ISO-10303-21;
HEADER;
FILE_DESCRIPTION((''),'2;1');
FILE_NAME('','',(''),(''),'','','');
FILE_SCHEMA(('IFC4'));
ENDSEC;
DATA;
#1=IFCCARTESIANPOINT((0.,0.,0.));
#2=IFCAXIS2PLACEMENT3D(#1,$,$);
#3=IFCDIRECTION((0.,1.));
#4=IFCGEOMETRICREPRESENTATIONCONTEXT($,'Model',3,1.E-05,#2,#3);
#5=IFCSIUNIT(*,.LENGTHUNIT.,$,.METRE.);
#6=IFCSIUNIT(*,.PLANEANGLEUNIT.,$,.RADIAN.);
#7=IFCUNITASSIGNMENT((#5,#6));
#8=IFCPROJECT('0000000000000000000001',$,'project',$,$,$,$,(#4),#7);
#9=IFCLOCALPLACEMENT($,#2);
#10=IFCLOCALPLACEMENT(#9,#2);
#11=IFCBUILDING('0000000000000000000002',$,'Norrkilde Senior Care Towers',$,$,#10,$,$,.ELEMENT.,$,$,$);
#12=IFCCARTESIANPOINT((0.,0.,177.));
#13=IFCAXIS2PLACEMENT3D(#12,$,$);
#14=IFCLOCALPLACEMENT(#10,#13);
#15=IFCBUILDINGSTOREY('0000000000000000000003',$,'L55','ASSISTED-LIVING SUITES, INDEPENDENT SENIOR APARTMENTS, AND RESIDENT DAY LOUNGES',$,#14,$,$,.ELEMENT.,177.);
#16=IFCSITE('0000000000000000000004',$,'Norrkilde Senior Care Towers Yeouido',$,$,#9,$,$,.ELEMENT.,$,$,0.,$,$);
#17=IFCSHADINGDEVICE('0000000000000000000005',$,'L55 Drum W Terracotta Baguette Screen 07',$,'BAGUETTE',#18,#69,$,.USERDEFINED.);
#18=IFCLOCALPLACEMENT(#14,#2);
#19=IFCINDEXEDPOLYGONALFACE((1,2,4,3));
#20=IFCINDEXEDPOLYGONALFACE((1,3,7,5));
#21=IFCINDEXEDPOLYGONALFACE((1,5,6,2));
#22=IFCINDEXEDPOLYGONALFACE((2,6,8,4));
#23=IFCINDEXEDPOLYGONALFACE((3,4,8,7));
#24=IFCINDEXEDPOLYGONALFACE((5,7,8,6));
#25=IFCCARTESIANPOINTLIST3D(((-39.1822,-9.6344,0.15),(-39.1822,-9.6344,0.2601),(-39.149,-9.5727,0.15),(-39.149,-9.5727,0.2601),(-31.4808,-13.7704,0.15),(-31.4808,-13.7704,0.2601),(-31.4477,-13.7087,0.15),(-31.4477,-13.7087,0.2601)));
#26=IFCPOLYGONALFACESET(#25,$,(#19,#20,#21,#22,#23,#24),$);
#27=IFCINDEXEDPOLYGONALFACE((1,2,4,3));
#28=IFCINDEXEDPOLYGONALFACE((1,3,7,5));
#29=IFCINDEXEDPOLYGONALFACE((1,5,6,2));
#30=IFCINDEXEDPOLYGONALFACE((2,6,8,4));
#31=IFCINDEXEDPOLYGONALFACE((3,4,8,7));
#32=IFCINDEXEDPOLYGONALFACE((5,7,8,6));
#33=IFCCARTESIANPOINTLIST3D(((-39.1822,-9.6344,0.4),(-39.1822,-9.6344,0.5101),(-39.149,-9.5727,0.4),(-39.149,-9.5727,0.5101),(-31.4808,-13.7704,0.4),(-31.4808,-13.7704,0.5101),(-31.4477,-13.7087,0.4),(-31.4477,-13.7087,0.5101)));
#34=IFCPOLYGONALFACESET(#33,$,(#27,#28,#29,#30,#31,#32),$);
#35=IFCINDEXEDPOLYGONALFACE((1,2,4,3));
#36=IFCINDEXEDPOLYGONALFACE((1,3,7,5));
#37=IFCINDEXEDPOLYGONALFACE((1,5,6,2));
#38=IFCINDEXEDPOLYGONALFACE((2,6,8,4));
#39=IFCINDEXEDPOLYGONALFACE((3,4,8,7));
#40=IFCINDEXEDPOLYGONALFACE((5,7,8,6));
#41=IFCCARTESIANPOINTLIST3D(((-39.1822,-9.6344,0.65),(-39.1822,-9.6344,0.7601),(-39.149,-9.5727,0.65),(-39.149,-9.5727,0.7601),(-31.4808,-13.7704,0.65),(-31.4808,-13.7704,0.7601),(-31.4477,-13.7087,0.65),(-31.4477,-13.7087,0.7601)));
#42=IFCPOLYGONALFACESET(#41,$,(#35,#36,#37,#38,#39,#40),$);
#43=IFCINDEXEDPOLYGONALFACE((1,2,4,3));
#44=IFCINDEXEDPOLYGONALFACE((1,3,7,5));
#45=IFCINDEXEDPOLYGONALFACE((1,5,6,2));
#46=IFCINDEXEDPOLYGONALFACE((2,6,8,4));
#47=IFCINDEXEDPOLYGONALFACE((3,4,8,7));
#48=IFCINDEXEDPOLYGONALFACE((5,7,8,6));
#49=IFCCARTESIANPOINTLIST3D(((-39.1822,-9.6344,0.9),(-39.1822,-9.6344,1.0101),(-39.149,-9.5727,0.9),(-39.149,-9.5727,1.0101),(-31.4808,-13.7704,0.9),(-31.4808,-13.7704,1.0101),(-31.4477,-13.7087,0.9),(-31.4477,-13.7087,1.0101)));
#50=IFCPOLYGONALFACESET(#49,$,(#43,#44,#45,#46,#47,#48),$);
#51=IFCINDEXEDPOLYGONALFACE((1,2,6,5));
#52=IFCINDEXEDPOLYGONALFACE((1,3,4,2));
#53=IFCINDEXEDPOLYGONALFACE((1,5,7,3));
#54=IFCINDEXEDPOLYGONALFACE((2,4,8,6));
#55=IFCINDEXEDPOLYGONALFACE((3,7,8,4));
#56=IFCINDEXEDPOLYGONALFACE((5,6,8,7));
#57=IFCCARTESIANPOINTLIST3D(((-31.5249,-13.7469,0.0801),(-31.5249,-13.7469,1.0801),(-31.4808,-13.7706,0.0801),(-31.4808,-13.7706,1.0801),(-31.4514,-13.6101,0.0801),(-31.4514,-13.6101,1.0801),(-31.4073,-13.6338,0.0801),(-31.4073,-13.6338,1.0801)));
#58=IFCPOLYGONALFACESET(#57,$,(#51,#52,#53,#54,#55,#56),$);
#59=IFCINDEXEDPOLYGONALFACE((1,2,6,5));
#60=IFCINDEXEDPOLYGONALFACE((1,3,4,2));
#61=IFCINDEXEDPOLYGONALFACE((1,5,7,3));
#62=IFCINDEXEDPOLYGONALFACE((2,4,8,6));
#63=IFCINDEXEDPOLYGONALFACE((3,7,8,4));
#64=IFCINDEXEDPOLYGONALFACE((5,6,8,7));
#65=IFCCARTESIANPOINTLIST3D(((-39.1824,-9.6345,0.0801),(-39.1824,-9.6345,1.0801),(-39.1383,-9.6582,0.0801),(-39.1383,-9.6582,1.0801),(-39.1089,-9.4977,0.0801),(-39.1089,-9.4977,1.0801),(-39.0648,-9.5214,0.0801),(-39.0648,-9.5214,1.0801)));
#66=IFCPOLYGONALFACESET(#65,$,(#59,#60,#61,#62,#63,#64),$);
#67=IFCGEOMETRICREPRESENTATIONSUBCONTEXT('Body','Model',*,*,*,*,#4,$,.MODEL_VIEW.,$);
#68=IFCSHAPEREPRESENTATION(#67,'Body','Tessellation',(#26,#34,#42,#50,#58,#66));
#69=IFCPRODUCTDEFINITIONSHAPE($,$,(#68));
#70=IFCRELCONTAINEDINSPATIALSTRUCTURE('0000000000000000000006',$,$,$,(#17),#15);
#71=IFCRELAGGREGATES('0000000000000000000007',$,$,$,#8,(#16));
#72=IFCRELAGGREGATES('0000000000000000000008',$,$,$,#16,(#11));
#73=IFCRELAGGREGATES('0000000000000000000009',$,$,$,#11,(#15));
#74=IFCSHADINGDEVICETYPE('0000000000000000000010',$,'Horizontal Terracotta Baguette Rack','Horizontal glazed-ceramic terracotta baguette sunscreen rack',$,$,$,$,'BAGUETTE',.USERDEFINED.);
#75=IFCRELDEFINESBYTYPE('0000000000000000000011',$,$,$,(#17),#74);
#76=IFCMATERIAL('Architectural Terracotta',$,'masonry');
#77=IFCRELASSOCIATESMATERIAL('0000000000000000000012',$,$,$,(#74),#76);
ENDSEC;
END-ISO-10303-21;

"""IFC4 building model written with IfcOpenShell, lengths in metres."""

from ifc_helpers import new_model, si_unit, direction, frame, origin, origin_2d, place, context, subcontext, project, spatial, rectangle, extrude, source, transform, mapped, material, type_object, type_shapes, element, save


model = new_model("IFC4")

# Units and contexts
model_context = context("Model", 3, precision=1e-05, world=origin(), true_north=direction((0.0, 1.0)))
body_context = subcontext(model_context, "Body", "Model", "MODEL_VIEW")
ifc_project = project(units=[si_unit("LENGTHUNIT", "METRE"), si_unit("PLANEANGLEUNIT", "RADIAN")], contexts=[model_context])

# Site, building, storey
site_placement = place(None, origin())
site = spatial("IfcSite", under=ifc_project, at=site_placement, Name="Norrkilde Senior Care Towers Yeouido", CompositionType="ELEMENT", RefElevation=0.0)
building_placement = place(site_placement, origin())
building = spatial("IfcBuilding", under=site, at=building_placement, Name="Norrkilde Senior Care Towers", CompositionType="ELEMENT")
storey_placement = place(building_placement, frame((0.0, 0.0, 177.0)))
storey = spatial("IfcBuildingStorey", under=building, at=storey_placement, Name="L55", Description="ASSISTED-LIVING SUITES, INDEPENDENT SENIOR APARTMENTS, AND RESIDENT DAY LOUNGES", CompositionType="ELEMENT", Elevation=177.0)

# Shading device
ifc_material_1 = material(Name="Architectural Terracotta", Category="masonry")
shading_device_type = type_object("IfcShadingDeviceType", Name="Horizontal Terracotta Baguette Rack", Description="Horizontal glazed-ceramic terracotta baguette sunscreen rack", ElementType="BAGUETTE", PredefinedType="USERDEFINED", material=ifc_material_1)
shared_shape_1 = source(origin(), body_context, "Body", "SweptSolid", [
    extrude(rectangle(XDim=0.0701, YDim=0.1101, at=origin_2d()), frame((0.0, 0.0901, 0.125), z_axis=(1.0, 0.0, 0.0), x_axis=(0.0, 1.0, 0.0)), (0.0, 0.0, 1.0), 8.7417),
    extrude(rectangle(XDim=0.0701, YDim=0.1101, at=origin_2d()), frame((0.0, 0.0901, 0.375), z_axis=(1.0, 0.0, 0.0), x_axis=(0.0, 1.0, 0.0)), (0.0, 0.0, 1.0), 8.7417),
    extrude(rectangle(XDim=0.0701, YDim=0.1101, at=origin_2d()), frame((0.0, 0.0901, 0.625), z_axis=(1.0, 0.0, 0.0), x_axis=(0.0, 1.0, 0.0)), (0.0, 0.0, 1.0), 8.7417),
    extrude(rectangle(XDim=0.0701, YDim=0.1101, at=origin_2d()), frame((0.0, 0.0901, 0.875), z_axis=(1.0, 0.0, 0.0), x_axis=(0.0, 1.0, 0.0)), (0.0, 0.0, 1.0), 8.7417),
    extrude(rectangle(XDim=0.05, YDim=0.1553, at=origin_2d()), frame((0.0249, 0.0476, 0.0)), (0.0, 0.0, 1.0), 1.0),
    extrude(rectangle(XDim=0.05, YDim=0.1553, at=origin_2d()), frame((8.7168, 0.0476, 0.0)), (0.0, 0.0, 1.0), 1.0),
])
type_shapes(shading_device_type, [shared_shape_1])
shading_device_placement = place(storey_placement, frame((-31.4216, -13.6602, 0.0801), z_axis=(0.0, 0.0, 1.0), x_axis=(-0.880998, 0.473133, 0.0)))
element("IfcShadingDevice", 1, at=shading_device_placement, inside=storey, type_object=shading_device_type, Name="L55 Drum W Terracotta Baguette Screen 07", ObjectType="BAGUETTE", PredefinedType="USERDEFINED", context=body_context, shape_type="MappedRepresentation", body=[
    mapped(shared_shape_1, transform((0.0, 0.0, 0.0), x_axis=(1.0, 0.0, 0.0), y_axis=(0.0, 1.0, 0.0), z_axis=(0.0, 0.0, 1.0), scale=1.0)),
])

save(model, "model.ifc")
